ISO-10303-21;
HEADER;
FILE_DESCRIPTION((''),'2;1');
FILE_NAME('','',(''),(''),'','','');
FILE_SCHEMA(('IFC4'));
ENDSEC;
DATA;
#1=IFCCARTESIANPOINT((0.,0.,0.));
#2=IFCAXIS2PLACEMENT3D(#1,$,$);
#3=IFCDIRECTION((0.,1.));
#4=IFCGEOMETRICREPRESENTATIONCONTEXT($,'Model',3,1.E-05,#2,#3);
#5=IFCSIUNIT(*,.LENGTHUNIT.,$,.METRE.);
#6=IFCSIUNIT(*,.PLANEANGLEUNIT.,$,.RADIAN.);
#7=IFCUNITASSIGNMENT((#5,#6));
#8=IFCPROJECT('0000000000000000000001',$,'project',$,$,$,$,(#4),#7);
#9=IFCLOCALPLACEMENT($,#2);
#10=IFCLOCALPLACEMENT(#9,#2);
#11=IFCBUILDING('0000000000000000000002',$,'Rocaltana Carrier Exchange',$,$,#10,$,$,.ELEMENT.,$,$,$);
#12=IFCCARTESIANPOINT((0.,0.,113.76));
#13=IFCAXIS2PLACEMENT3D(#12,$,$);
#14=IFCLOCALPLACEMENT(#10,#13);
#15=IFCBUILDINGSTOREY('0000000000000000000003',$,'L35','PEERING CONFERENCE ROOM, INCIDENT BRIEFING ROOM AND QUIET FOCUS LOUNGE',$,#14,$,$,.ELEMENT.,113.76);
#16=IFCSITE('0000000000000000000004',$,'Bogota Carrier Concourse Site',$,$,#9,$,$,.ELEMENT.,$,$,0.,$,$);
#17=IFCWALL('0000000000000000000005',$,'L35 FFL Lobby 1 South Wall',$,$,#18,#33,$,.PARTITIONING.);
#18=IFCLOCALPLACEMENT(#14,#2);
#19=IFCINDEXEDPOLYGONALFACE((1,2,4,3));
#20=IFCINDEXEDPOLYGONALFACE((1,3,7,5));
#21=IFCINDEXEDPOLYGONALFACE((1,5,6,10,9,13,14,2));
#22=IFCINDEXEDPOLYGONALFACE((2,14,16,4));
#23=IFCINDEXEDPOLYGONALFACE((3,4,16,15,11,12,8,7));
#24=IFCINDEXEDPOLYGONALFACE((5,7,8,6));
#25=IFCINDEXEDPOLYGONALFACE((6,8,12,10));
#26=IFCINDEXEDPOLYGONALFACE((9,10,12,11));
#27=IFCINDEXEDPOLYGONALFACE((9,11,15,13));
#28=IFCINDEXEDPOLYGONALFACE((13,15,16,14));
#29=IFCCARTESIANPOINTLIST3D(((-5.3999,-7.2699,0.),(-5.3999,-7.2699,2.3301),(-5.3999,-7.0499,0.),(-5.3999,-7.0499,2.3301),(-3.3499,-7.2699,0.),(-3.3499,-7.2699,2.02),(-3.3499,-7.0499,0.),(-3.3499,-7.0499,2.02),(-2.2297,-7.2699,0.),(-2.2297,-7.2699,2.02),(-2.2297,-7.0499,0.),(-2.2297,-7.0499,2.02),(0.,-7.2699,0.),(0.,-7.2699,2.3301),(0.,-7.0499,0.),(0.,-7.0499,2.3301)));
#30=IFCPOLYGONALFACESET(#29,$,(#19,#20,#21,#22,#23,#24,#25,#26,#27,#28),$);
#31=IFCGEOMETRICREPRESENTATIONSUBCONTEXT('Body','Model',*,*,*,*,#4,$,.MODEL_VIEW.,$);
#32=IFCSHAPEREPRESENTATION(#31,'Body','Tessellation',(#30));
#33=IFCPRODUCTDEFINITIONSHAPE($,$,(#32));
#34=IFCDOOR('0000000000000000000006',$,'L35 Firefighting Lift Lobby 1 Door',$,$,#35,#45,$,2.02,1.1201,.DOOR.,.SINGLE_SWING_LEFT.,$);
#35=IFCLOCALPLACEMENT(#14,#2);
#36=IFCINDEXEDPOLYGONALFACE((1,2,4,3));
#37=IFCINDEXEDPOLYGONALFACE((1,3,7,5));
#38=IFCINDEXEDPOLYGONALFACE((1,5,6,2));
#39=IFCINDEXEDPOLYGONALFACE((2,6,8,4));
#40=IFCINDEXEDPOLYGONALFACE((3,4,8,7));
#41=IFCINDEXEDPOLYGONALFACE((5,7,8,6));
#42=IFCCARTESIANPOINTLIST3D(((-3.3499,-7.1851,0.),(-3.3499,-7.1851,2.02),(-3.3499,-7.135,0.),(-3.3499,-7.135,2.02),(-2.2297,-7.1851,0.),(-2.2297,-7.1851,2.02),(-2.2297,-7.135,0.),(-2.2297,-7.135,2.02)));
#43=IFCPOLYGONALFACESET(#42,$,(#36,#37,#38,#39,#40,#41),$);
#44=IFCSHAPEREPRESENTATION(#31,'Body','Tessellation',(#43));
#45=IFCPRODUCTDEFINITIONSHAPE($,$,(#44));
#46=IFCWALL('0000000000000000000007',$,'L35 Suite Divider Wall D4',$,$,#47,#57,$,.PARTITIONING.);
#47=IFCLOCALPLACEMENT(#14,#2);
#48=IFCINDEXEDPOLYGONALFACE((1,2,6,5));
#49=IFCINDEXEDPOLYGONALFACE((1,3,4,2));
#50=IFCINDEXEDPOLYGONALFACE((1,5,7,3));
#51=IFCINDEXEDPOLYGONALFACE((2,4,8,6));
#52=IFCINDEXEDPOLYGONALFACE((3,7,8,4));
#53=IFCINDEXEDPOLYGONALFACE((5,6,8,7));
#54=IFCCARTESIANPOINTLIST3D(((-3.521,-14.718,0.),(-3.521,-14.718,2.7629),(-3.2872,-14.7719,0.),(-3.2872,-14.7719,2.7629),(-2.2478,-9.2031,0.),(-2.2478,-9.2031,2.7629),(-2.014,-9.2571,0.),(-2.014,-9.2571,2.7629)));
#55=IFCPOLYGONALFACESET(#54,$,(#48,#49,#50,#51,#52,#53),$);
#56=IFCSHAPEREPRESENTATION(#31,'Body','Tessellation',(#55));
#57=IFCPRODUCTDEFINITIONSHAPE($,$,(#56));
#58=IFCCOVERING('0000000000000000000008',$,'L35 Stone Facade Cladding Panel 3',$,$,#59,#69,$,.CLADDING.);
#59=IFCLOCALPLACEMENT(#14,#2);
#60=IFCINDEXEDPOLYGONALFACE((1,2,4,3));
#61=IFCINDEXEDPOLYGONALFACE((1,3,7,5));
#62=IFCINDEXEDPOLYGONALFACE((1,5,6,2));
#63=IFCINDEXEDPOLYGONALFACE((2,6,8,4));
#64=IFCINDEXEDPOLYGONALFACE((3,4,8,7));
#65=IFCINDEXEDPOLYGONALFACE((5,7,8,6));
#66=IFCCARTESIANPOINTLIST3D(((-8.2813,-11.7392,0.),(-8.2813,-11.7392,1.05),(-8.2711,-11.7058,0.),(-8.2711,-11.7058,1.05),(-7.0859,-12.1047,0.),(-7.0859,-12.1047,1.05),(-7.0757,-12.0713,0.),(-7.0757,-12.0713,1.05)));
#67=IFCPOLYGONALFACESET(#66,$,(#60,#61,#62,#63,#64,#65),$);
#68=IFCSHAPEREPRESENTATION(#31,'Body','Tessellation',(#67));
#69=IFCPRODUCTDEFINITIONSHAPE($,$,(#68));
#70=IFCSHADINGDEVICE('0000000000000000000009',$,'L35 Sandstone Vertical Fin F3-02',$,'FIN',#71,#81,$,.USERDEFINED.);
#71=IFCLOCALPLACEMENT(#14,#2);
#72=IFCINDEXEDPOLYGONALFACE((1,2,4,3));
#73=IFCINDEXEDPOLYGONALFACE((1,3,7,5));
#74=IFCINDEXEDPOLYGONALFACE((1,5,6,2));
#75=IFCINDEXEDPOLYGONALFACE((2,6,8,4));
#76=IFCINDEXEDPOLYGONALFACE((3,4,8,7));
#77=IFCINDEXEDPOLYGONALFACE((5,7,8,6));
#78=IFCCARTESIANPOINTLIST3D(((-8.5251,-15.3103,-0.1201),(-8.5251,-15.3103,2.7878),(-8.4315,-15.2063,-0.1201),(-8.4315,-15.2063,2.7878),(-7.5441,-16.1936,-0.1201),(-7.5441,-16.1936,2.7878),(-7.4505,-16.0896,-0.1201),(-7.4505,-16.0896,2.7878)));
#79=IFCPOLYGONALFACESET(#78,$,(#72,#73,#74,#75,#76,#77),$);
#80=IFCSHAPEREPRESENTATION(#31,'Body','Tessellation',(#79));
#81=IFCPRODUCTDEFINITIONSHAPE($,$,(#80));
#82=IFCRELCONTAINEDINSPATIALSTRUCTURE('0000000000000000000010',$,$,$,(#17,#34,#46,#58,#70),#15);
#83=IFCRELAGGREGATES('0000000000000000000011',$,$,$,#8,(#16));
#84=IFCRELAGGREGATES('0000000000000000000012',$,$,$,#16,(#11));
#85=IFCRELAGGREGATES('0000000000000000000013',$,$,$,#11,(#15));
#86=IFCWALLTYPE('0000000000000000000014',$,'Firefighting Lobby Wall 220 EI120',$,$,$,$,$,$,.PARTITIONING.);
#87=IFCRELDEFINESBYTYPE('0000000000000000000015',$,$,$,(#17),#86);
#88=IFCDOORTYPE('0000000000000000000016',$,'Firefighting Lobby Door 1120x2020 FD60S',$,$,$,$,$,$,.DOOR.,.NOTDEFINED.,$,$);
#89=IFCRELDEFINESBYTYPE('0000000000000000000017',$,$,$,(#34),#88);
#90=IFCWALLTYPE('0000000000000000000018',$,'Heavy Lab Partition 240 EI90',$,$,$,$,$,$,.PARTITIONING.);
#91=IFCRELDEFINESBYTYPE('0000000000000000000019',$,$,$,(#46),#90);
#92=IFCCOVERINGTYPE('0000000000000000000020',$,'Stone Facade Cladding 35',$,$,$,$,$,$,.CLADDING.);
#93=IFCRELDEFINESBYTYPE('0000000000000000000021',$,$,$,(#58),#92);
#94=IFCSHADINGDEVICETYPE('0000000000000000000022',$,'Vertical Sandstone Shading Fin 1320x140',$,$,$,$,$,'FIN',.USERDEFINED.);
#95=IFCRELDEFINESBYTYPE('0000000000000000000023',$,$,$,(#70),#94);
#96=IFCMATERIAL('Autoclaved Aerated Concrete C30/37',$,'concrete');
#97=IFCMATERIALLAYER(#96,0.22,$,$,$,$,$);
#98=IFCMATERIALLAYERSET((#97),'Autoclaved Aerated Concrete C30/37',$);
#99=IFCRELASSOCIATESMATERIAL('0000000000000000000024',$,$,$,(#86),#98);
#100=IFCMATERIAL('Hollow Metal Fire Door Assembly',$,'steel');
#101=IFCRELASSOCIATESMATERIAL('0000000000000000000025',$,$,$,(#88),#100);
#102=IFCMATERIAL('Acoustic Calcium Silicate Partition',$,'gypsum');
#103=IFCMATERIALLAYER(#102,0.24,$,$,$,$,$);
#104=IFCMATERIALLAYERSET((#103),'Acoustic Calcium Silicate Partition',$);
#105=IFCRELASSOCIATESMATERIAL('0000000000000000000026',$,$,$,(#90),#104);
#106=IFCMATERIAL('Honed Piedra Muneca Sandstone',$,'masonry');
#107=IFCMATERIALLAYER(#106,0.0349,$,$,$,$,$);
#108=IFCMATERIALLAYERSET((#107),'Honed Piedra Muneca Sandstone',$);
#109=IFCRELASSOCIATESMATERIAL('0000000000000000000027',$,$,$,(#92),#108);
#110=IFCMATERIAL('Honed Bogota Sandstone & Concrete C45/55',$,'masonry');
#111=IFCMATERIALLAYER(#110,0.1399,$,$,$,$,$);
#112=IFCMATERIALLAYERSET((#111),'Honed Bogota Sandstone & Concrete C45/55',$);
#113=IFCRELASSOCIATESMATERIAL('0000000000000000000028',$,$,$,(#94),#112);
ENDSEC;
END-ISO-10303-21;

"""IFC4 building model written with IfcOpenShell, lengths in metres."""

from ifc_helpers import new_model, si_unit, direction, frame, frame_2d, origin, origin_2d, place, context, subcontext, project, spatial, rectangle, extrude, material, layer, layer_set, type_object, element, fill, save


model = new_model("IFC4")

# Units and contexts
model_context = context("Model", 3, precision=1e-05, world=origin(), true_north=direction((0.0, 1.0)))
body_context = subcontext(model_context, "Body", "Model", "MODEL_VIEW")
ifc_project = project(units=[si_unit("LENGTHUNIT", "METRE"), si_unit("PLANEANGLEUNIT", "RADIAN")], contexts=[model_context])

# Site, building, storey
site_placement = place(None, origin())
site = spatial("IfcSite", under=ifc_project, at=site_placement, Name="Bogota Carrier Concourse Site", CompositionType="ELEMENT", RefElevation=0.0)
building_placement = place(site_placement, origin())
building = spatial("IfcBuilding", under=site, at=building_placement, Name="Rocaltana Carrier Exchange", CompositionType="ELEMENT")
storey_placement = place(building_placement, frame((0.0, 0.0, 113.76)))
storey = spatial("IfcBuildingStorey", under=building, at=storey_placement, Name="L35", Description="PEERING CONFERENCE ROOM, INCIDENT BRIEFING ROOM AND QUIET FOCUS LOUNGE", CompositionType="ELEMENT", Elevation=113.76)

# Shared definitions
ifc_material_1 = material(Name="Autoclaved Aerated Concrete C30/37", Category="concrete")
ifc_layer_1 = layer(ifc_material_1, 0.22)
ifc_layer_set_1 = layer_set([ifc_layer_1], Name="Autoclaved Aerated Concrete C30/37")
wall_type_1 = type_object("IfcWallType", Name="Firefighting Lobby Wall 220 EI120", PredefinedType="PARTITIONING", material=ifc_layer_set_1)

# Wall, opening, door
wall_1_placement = place(storey_placement, frame((-5.3999, -7.1599, 0.0), z_axis=(0.0, 0.0, 1.0), x_axis=(1.0, 0.0, 0.0)))
wall_1 = element("IfcWall", 1, at=wall_1_placement, inside=storey, type_object=wall_type_1, Name="L35 FFL Lobby 1 South Wall", PredefinedType="PARTITIONING", context=body_context, shape_type="SweptSolid", body=[
    extrude(rectangle(XDim=5.3999, YDim=0.22, at=frame_2d((2.7, 0.0))), origin(), (0.0, 0.0, 1.0), 2.3301),
])
opening_1_placement = place(wall_1_placement, frame((2.05, 0.0, 0.0)))
opening_1 = element("IfcOpeningElement", 2, at=opening_1_placement, cuts=wall_1, PredefinedType="OPENING", context=body_context, shape_type="SweptSolid", body=[
    extrude(rectangle(XDim=1.1201, YDim=2.02, at=frame_2d((0.5601, 1.01))), frame((0.0, 0.1199, 0.0), z_axis=(0.0, -1.0, 0.0), x_axis=(1.0, 0.0, 0.0)), (0.0, 0.0, 1.0), 0.24),
])
ifc_material_2 = material(Name="Hollow Metal Fire Door Assembly", Category="steel")
door_type_1 = type_object("IfcDoorType", Name="Firefighting Lobby Door 1120x2020 FD60S", OperationType="NOTDEFINED", PredefinedType="DOOR", material=ifc_material_2)
door_1_placement = place(opening_1_placement, origin())
door_1 = element("IfcDoor", 3, at=door_1_placement, inside=storey, type_object=door_type_1, Name="L35 Firefighting Lift Lobby 1 Door", OperationType="SINGLE_SWING_LEFT", OverallHeight=2.02, OverallWidth=1.1201, PredefinedType="DOOR", context=body_context, shape_type="SweptSolid", body=[
    extrude(rectangle(XDim=1.1201, YDim=2.02, at=frame_2d((0.5601, 1.01))), frame((0.0, 0.0249, 0.0), z_axis=(0.0, -1.0, 0.0), x_axis=(1.0, 0.0, 0.0)), (0.0, 0.0, 1.0), 0.05),
])
fill(opening_1, door_1)

# Wall
ifc_material_3 = material(Name="Acoustic Calcium Silicate Partition", Category="gypsum")
ifc_layer_2 = layer(ifc_material_3, 0.24)
ifc_layer_set_2 = layer_set([ifc_layer_2], Name="Acoustic Calcium Silicate Partition")
wall_type_2 = type_object("IfcWallType", Name="Heavy Lab Partition 240 EI90", PredefinedType="PARTITIONING", material=ifc_layer_set_2)
wall_2_placement = place(storey_placement, frame((-2.1309, -9.23, 0.0), z_axis=(0.0, 0.0, 1.0), x_axis=(-0.224948, -0.974371, 0.0)))
element("IfcWall", 4, at=wall_2_placement, inside=storey, type_object=wall_type_2, Name="L35 Suite Divider Wall D4", PredefinedType="PARTITIONING", context=body_context, shape_type="SweptSolid", body=[
    extrude(rectangle(XDim=5.6599, YDim=0.24, at=frame_2d((2.8301, 0.0))), origin(), (0.0, 0.0, 1.0), 2.7629),
])

# Covering
ifc_material_4 = material(Name="Honed Piedra Muneca Sandstone", Category="masonry")
ifc_layer_3 = layer(ifc_material_4, 0.0349)
ifc_layer_set_3 = layer_set([ifc_layer_3], Name="Honed Piedra Muneca Sandstone")
covering_type = type_object("IfcCoveringType", Name="Stone Facade Cladding 35", PredefinedType="CLADDING", material=ifc_layer_set_3)
covering_placement = place(storey_placement, frame((-7.6785, -11.9053, 0.0), z_axis=(0.0, 0.0, 1.0), x_axis=(-0.956305, 0.292372, 0.0)))
element("IfcCovering", 5, at=covering_placement, inside=storey, type_object=covering_type, Name="L35 Stone Facade Cladding Panel 3", PredefinedType="CLADDING", context=body_context, shape_type="SweptSolid", body=[
    extrude(rectangle(XDim=1.25, YDim=0.0349, at=origin_2d()), origin(), (0.0, 0.0, 1.0), 1.05),
])

# Shading device
ifc_material_5 = material(Name="Honed Bogota Sandstone & Concrete C45/55", Category="masonry")
ifc_layer_4 = layer(ifc_material_5, 0.1399)
ifc_layer_set_4 = layer_set([ifc_layer_4], Name="Honed Bogota Sandstone & Concrete C45/55")
shading_device_type = type_object("IfcShadingDeviceType", Name="Vertical Sandstone Shading Fin 1320x140", ElementType="FIN", PredefinedType="USERDEFINED", material=ifc_layer_set_4)
shading_device_placement = place(storey_placement, frame((-7.9878, -15.7, -0.1201), z_axis=(0.0, 0.0, 1.0), x_axis=(0.743145, -0.669131, 0.0)))
element("IfcShadingDevice", 6, at=shading_device_placement, inside=storey, type_object=shading_device_type, Name="L35 Sandstone Vertical Fin F3-02", ObjectType="FIN", PredefinedType="USERDEFINED", context=body_context, shape_type="SweptSolid", body=[
    extrude(rectangle(XDim=1.3201, YDim=0.1399, at=origin_2d()), origin(), (0.0, 0.0, 1.0), 2.908),
])

save(model, "model.ifc")
